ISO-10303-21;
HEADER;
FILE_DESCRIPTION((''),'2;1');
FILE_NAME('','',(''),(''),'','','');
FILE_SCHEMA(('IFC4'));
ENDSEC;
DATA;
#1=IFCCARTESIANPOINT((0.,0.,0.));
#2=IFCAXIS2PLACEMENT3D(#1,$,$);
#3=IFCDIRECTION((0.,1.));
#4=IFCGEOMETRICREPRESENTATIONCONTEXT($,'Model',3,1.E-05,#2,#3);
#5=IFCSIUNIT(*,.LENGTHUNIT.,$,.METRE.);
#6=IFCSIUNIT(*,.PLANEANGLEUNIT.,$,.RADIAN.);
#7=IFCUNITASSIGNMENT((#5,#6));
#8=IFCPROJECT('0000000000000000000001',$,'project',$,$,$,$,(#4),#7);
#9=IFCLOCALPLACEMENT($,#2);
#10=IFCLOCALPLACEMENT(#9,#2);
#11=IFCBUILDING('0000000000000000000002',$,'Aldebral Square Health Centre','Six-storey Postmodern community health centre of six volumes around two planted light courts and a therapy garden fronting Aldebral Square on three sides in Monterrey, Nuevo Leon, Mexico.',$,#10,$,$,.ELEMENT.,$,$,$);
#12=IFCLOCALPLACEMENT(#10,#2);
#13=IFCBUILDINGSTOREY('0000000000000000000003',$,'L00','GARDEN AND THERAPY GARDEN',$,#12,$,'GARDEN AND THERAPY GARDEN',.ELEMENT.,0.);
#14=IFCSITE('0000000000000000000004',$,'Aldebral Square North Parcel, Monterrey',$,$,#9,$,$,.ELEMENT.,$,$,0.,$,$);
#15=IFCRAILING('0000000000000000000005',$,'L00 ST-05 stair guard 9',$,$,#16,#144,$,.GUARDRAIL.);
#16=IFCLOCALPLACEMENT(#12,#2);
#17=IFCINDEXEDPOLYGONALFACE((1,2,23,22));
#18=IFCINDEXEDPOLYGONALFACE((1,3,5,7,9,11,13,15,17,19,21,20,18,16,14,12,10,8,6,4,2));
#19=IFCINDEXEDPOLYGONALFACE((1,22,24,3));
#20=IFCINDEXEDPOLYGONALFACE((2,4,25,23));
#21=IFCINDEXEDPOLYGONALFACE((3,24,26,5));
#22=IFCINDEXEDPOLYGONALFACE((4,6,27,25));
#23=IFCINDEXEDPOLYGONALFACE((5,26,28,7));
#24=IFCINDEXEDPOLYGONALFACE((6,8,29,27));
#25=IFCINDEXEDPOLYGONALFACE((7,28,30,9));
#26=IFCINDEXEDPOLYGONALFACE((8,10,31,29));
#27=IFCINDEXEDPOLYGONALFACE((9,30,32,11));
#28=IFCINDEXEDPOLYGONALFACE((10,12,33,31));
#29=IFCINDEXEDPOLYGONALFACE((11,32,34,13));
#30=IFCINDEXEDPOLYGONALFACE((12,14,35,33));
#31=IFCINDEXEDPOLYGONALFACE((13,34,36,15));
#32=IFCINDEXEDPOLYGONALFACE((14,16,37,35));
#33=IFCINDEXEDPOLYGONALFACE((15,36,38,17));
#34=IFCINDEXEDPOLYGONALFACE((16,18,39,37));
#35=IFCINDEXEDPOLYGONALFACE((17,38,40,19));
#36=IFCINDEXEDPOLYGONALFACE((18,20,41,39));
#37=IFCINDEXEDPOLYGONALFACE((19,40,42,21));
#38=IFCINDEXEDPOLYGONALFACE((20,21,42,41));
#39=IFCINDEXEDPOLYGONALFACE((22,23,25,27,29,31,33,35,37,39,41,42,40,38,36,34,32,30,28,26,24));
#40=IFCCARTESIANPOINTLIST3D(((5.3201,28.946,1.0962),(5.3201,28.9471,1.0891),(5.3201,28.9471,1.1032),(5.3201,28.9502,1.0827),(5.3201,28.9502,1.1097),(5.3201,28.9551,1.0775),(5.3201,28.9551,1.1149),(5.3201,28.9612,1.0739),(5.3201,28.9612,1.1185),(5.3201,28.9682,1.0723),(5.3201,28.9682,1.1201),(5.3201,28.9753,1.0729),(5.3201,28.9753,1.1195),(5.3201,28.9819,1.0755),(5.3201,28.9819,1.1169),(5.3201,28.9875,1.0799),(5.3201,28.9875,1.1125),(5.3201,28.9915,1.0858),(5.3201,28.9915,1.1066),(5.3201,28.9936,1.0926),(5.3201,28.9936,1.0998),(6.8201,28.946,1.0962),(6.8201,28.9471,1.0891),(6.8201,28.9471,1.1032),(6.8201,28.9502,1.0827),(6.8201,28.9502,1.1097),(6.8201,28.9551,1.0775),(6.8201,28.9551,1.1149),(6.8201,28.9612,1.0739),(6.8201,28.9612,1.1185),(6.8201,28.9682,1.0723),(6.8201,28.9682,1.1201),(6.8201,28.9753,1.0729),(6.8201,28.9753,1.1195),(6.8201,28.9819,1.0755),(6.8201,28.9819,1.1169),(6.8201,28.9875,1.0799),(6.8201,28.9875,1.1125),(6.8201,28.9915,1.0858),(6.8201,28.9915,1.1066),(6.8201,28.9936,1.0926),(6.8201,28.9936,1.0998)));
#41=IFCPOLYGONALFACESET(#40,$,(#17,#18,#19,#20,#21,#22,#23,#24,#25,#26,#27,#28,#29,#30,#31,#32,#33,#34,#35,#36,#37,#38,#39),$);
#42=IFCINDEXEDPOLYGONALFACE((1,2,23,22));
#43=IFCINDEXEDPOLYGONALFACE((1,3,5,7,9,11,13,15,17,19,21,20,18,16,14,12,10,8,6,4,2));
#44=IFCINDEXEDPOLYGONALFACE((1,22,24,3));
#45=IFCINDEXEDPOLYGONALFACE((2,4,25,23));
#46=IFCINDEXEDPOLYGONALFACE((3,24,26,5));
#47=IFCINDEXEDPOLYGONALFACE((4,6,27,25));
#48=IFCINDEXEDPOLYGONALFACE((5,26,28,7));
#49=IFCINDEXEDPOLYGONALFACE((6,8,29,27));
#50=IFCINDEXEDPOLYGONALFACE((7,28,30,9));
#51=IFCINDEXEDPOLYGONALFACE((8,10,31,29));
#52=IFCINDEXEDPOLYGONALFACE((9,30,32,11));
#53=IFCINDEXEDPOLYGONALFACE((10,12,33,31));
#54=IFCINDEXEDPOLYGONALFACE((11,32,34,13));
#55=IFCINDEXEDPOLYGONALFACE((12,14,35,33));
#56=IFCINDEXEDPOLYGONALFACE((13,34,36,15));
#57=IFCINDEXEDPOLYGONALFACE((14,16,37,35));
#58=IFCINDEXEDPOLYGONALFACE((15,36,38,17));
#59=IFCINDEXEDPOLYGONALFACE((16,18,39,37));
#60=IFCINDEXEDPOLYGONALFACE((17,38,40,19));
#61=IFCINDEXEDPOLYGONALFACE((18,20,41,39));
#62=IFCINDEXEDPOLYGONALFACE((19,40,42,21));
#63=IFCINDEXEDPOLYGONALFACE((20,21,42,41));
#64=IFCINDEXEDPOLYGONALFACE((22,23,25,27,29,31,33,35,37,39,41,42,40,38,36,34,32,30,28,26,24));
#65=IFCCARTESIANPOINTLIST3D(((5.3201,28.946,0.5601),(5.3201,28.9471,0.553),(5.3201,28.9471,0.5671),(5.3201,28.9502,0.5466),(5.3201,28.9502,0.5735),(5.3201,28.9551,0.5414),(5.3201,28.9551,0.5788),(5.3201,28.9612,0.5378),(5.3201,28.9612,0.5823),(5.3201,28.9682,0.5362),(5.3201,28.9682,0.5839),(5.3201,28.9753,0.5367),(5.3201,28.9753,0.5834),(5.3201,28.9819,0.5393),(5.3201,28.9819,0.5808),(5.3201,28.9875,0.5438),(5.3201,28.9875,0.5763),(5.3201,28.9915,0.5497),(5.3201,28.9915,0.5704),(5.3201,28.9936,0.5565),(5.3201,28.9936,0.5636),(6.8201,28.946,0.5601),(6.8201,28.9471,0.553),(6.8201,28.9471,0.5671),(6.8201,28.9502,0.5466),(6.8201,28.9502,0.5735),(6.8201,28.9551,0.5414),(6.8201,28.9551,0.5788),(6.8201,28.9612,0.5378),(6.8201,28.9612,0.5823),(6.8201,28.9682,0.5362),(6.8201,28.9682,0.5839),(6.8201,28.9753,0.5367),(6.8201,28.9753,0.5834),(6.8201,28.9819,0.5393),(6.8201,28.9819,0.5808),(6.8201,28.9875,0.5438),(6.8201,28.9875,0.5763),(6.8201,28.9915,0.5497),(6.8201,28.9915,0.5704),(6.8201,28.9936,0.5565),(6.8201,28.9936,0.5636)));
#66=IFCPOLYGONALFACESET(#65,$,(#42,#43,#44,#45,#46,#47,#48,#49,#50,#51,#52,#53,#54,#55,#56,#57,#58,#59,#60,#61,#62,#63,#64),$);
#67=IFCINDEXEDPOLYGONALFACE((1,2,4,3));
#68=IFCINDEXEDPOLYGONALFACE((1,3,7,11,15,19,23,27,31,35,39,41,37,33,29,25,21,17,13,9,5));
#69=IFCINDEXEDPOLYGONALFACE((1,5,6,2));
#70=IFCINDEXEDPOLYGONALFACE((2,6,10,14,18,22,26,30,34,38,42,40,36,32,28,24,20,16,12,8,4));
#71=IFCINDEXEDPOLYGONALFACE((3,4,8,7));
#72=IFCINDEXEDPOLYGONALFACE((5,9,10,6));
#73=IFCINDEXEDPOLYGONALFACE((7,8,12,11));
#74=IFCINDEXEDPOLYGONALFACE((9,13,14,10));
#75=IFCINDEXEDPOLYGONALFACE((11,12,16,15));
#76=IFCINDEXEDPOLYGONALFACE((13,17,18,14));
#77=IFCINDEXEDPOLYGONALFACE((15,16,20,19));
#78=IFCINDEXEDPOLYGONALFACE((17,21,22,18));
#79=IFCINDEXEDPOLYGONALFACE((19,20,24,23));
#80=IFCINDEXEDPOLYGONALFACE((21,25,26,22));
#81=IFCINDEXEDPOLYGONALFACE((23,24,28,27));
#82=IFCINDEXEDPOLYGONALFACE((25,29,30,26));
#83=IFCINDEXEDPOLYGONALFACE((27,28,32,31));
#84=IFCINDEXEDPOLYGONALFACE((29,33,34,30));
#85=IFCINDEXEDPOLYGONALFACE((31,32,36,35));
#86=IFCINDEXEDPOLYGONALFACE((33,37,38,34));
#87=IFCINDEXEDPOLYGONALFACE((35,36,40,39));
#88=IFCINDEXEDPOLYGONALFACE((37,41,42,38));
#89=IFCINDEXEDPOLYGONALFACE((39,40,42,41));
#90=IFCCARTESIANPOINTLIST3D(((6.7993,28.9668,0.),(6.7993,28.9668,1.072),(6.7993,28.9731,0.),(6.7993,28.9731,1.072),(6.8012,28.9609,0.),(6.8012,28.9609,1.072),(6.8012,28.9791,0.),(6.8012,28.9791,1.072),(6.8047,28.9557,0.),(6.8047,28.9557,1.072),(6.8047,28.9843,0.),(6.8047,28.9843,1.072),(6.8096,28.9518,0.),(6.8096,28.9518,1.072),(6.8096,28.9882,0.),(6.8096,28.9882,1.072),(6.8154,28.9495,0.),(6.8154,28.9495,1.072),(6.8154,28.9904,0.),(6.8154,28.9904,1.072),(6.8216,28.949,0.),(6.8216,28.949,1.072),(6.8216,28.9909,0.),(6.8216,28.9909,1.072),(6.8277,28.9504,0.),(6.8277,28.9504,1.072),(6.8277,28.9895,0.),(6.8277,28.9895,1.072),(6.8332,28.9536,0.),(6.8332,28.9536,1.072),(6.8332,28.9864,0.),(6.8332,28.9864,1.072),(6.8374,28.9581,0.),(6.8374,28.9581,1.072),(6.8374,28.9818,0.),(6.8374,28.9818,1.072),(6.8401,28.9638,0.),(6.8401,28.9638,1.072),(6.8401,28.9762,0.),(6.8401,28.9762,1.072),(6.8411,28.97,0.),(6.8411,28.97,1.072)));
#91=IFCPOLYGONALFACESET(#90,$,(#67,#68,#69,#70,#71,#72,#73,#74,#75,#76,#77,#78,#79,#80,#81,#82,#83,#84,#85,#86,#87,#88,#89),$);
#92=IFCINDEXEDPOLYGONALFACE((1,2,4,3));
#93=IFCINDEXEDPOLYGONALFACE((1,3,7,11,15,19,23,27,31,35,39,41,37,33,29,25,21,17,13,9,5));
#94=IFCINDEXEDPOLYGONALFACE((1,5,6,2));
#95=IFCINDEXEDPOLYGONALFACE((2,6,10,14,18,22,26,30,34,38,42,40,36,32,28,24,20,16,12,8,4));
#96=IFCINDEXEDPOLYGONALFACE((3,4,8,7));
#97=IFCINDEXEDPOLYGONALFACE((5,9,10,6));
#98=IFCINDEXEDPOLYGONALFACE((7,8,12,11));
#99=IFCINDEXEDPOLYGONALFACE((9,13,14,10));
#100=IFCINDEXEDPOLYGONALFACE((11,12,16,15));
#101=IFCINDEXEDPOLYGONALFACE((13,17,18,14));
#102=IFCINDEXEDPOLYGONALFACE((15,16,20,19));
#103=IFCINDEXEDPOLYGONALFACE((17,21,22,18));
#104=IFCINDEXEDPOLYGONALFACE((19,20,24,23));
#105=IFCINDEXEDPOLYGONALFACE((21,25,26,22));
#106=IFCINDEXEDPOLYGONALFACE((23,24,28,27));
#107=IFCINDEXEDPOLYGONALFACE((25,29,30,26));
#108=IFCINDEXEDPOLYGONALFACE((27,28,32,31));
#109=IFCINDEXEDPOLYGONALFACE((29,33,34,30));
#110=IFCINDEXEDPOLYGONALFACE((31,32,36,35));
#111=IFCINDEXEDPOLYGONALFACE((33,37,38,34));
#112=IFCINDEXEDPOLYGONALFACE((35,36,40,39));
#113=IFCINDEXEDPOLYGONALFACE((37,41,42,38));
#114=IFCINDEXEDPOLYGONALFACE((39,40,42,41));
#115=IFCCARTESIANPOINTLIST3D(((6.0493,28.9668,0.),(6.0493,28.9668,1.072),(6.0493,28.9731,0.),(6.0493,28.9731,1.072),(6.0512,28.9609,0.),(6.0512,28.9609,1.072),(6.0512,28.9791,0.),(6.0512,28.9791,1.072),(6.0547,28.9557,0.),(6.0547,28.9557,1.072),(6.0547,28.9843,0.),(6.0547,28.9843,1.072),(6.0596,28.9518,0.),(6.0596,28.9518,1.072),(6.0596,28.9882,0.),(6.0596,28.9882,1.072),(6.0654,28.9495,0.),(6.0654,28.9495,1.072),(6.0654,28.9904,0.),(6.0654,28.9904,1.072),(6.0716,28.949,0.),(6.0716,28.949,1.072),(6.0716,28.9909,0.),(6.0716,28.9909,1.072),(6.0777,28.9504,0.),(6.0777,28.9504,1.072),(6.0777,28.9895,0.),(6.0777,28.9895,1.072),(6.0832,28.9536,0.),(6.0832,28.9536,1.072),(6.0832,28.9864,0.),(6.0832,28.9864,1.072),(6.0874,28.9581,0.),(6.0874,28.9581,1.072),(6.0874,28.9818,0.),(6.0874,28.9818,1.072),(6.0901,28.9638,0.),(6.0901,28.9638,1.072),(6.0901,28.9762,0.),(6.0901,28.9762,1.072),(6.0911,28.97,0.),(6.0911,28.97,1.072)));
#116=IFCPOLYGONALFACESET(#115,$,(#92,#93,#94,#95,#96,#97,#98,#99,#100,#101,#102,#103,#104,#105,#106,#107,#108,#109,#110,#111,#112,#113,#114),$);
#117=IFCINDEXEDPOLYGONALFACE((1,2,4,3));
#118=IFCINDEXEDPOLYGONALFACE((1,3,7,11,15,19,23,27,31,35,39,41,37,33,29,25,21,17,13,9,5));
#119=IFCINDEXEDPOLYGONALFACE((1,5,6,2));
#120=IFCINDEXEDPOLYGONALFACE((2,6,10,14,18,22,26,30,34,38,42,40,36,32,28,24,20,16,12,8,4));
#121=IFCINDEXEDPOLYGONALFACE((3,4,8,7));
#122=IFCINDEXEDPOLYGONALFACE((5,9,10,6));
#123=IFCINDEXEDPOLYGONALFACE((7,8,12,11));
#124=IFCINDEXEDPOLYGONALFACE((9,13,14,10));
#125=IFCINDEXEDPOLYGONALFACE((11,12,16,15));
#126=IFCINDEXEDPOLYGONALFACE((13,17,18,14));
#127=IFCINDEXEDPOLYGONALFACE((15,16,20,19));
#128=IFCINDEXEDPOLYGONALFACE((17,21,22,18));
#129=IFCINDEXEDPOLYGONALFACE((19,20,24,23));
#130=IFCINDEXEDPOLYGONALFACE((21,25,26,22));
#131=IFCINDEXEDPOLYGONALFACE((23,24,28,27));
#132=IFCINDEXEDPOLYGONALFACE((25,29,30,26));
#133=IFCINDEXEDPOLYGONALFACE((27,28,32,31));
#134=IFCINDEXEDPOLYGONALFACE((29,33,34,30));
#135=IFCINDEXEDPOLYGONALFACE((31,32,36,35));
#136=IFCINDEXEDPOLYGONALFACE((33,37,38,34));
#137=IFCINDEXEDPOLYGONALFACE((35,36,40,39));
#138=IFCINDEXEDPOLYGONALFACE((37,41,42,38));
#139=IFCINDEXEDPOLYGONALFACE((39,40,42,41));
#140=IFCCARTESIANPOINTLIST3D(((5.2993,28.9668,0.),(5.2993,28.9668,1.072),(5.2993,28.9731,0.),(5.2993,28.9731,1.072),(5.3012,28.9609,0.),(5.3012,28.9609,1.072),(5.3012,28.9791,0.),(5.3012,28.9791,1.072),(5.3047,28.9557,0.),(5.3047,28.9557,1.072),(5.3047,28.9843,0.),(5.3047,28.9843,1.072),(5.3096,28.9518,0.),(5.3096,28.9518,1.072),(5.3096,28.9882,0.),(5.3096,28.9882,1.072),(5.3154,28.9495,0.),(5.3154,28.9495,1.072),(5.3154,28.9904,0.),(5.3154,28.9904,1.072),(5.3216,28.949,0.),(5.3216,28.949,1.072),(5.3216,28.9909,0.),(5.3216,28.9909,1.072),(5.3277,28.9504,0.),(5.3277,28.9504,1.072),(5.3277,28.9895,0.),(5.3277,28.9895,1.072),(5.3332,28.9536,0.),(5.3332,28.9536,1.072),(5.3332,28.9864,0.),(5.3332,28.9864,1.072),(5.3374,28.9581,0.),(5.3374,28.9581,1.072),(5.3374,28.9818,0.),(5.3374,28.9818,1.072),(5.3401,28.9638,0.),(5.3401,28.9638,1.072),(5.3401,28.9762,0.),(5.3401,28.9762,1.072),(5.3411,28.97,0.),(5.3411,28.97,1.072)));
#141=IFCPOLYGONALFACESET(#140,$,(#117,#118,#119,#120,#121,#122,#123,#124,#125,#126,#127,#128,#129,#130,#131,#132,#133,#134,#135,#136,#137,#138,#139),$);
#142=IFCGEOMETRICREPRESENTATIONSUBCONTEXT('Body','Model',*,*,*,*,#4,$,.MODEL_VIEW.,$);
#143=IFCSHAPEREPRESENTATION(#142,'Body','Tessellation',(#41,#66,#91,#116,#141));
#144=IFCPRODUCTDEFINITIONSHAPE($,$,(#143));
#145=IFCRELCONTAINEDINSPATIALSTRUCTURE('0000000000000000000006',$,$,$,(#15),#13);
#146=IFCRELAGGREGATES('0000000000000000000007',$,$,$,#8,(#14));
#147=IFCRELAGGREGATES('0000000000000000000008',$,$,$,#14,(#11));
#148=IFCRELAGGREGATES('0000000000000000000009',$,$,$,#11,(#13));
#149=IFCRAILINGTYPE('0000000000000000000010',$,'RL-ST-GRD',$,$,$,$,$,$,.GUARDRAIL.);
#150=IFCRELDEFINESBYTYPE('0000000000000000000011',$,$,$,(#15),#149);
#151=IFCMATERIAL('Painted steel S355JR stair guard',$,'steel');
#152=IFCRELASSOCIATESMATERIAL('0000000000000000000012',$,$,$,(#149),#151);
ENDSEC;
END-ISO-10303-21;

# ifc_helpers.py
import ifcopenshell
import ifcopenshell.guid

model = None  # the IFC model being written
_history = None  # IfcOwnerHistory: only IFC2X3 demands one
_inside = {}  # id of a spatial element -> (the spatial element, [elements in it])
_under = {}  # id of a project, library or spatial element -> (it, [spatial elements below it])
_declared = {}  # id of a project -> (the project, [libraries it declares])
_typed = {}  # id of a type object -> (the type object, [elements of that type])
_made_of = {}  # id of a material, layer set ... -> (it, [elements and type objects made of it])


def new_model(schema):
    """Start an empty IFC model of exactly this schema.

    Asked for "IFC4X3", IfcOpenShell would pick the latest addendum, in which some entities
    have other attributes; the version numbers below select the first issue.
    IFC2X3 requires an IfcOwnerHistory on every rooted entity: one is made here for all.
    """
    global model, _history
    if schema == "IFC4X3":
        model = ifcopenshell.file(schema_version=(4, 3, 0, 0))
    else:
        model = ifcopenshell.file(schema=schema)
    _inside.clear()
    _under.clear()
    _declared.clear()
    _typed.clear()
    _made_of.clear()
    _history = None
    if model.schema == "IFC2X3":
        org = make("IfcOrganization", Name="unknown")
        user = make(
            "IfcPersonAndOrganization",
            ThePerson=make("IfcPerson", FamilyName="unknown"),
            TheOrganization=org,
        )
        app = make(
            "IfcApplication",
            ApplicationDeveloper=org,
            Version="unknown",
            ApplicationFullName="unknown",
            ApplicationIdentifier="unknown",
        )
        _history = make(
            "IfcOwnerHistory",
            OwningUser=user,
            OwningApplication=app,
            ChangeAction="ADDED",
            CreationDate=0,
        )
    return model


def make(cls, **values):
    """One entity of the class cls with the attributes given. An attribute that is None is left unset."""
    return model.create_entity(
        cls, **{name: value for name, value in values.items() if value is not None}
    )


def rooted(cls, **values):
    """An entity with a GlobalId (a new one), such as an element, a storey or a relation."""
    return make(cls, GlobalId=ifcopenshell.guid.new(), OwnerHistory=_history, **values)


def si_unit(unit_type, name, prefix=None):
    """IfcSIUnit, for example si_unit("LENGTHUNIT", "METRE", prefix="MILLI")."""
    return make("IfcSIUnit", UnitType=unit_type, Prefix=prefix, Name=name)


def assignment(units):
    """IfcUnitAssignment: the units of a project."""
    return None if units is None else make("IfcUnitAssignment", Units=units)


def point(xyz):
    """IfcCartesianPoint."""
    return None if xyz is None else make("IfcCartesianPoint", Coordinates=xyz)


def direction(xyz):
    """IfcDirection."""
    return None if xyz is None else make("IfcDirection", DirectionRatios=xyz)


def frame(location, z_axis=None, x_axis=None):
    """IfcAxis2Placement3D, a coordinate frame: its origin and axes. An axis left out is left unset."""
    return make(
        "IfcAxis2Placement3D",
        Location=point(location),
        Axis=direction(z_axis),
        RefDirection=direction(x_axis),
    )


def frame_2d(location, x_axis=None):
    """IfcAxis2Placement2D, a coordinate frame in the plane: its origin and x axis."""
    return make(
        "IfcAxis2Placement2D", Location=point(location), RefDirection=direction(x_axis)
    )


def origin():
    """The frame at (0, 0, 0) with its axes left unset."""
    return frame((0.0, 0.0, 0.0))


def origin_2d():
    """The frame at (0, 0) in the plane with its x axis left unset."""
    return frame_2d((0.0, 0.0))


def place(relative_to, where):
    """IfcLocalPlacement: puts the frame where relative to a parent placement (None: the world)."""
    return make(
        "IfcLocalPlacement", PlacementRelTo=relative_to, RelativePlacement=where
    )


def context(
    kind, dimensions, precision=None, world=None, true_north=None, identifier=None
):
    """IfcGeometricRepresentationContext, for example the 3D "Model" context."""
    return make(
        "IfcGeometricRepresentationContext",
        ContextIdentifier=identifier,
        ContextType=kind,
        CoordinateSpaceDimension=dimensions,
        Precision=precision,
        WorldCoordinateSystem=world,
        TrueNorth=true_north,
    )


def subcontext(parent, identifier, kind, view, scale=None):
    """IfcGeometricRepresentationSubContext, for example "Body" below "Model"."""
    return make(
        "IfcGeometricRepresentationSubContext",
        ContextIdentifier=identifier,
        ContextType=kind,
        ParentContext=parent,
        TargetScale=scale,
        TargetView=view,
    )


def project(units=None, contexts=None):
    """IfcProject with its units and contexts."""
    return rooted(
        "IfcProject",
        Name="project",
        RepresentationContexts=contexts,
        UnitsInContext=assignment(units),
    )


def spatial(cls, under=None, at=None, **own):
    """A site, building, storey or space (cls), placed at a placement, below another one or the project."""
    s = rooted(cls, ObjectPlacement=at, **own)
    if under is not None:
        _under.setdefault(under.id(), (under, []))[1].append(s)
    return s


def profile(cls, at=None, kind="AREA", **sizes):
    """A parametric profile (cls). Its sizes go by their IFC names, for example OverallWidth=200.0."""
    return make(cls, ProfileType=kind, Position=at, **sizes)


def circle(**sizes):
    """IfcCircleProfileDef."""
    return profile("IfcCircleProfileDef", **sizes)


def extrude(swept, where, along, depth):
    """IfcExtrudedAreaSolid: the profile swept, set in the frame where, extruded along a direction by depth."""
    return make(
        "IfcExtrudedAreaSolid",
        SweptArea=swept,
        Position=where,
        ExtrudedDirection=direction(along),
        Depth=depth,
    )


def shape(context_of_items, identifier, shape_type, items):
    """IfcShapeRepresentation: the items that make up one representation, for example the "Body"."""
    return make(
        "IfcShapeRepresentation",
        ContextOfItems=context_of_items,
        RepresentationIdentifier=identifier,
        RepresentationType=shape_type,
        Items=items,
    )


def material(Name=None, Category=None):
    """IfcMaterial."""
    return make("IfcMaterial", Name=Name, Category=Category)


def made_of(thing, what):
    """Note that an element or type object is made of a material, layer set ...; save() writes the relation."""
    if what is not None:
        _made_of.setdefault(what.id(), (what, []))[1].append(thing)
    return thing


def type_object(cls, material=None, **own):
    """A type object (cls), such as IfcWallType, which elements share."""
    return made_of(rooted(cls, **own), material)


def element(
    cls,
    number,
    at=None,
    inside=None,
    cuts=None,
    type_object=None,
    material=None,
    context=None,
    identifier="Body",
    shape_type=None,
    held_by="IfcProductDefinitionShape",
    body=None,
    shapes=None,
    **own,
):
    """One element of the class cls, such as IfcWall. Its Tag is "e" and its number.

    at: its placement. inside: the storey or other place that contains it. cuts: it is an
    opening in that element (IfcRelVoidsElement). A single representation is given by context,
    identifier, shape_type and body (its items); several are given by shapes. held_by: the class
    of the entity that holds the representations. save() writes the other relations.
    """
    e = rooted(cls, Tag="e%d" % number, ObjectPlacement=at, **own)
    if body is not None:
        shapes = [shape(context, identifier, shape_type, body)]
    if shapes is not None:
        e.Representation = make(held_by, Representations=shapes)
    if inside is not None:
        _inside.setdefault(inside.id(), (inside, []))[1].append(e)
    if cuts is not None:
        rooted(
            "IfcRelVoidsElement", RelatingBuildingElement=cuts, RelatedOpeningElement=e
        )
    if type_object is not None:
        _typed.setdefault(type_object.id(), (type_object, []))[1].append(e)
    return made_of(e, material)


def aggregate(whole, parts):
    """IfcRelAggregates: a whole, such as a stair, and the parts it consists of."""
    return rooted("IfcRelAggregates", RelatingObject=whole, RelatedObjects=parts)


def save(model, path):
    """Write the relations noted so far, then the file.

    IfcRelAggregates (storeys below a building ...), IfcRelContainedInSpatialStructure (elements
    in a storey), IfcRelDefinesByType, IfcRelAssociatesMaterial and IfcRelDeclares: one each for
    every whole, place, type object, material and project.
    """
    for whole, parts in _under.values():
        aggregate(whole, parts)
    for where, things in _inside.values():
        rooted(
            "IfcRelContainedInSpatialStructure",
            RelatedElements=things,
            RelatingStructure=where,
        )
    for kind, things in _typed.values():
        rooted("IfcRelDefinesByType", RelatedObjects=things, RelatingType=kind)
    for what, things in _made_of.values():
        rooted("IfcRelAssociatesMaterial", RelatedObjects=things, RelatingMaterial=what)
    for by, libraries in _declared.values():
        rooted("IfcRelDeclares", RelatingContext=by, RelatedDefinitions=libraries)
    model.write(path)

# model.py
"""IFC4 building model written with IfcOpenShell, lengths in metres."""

from ifc_helpers import new_model, si_unit, direction, frame, origin, origin_2d, place, context, subcontext, project, spatial, circle, extrude, material, type_object, element, save


model = new_model("IFC4")

# Units and contexts
model_context = context("Model", 3, precision=1e-05, world=origin(), true_north=direction((0.0, 1.0)))
body_context = subcontext(model_context, "Body", "Model", "MODEL_VIEW")
ifc_project = project(units=[si_unit("LENGTHUNIT", "METRE"), si_unit("PLANEANGLEUNIT", "RADIAN")], contexts=[model_context])

# Site, building, storey
site_placement = place(None, origin())
site = spatial("IfcSite", under=ifc_project, at=site_placement, Name="Aldebral Square North Parcel, Monterrey", CompositionType="ELEMENT", RefElevation=0.0)
building_placement = place(site_placement, origin())
building = spatial("IfcBuilding", under=site, at=building_placement, Name="Aldebral Square Health Centre", Description="Six-storey Postmodern community health centre of six volumes around two planted light courts and a therapy garden fronting Aldebral Square on three sides in Monterrey, Nuevo Leon, Mexico.", CompositionType="ELEMENT")
storey_placement = place(building_placement, origin())
storey = spatial("IfcBuildingStorey", under=building, at=storey_placement, Name="L00", Description="GARDEN AND THERAPY GARDEN", LongName="GARDEN AND THERAPY GARDEN", CompositionType="ELEMENT", Elevation=0.0)

# Railing
ifc_material_1 = material(Name="Painted steel S355JR stair guard", Category="steel")
railing_type_1 = type_object("IfcRailingType", Name="RL-ST-GRD", PredefinedType="GUARDRAIL", material=ifc_material_1)
for number, where, name in (
    (1, (6.8201, 28.97, 0.0), "L00 ST-05 stair guard 9"),
):
    element("IfcRailing", number, at=place(storey_placement, frame(where)), inside=storey, type_object=railing_type_1, Name=name, PredefinedType="GUARDRAIL", context=body_context, shape_type="SweptSolid", body=[
        extrude(circle(Radius=0.0239, at=origin_2d()), frame((0.0, 0.0, 1.0962), z_axis=(-1.0, 0.0, 0.0), x_axis=(0.0, -1.0, 0.0)), (0.0, 0.0, 1.0), 1.5),
        extrude(circle(Radius=0.0239, at=origin_2d()), frame((0.0, 0.0, 0.5601), z_axis=(-1.0, 0.0, 0.0), x_axis=(0.0, -1.0, 0.0)), (0.0, 0.0, 1.0), 1.5),
        extrude(circle(Radius=0.021, at=origin_2d()), origin(), (0.0, 0.0, 1.0), 1.072),
        extrude(circle(Radius=0.021, at=origin_2d()), frame((-0.75, 0.0, 0.0)), (0.0, 0.0, 1.0), 1.072),
        extrude(circle(Radius=0.021, at=origin_2d()), frame((-1.5, 0.0, 0.0)), (0.0, 0.0, 1.0), 1.072),
    ])

save(model, "model.ifc")
